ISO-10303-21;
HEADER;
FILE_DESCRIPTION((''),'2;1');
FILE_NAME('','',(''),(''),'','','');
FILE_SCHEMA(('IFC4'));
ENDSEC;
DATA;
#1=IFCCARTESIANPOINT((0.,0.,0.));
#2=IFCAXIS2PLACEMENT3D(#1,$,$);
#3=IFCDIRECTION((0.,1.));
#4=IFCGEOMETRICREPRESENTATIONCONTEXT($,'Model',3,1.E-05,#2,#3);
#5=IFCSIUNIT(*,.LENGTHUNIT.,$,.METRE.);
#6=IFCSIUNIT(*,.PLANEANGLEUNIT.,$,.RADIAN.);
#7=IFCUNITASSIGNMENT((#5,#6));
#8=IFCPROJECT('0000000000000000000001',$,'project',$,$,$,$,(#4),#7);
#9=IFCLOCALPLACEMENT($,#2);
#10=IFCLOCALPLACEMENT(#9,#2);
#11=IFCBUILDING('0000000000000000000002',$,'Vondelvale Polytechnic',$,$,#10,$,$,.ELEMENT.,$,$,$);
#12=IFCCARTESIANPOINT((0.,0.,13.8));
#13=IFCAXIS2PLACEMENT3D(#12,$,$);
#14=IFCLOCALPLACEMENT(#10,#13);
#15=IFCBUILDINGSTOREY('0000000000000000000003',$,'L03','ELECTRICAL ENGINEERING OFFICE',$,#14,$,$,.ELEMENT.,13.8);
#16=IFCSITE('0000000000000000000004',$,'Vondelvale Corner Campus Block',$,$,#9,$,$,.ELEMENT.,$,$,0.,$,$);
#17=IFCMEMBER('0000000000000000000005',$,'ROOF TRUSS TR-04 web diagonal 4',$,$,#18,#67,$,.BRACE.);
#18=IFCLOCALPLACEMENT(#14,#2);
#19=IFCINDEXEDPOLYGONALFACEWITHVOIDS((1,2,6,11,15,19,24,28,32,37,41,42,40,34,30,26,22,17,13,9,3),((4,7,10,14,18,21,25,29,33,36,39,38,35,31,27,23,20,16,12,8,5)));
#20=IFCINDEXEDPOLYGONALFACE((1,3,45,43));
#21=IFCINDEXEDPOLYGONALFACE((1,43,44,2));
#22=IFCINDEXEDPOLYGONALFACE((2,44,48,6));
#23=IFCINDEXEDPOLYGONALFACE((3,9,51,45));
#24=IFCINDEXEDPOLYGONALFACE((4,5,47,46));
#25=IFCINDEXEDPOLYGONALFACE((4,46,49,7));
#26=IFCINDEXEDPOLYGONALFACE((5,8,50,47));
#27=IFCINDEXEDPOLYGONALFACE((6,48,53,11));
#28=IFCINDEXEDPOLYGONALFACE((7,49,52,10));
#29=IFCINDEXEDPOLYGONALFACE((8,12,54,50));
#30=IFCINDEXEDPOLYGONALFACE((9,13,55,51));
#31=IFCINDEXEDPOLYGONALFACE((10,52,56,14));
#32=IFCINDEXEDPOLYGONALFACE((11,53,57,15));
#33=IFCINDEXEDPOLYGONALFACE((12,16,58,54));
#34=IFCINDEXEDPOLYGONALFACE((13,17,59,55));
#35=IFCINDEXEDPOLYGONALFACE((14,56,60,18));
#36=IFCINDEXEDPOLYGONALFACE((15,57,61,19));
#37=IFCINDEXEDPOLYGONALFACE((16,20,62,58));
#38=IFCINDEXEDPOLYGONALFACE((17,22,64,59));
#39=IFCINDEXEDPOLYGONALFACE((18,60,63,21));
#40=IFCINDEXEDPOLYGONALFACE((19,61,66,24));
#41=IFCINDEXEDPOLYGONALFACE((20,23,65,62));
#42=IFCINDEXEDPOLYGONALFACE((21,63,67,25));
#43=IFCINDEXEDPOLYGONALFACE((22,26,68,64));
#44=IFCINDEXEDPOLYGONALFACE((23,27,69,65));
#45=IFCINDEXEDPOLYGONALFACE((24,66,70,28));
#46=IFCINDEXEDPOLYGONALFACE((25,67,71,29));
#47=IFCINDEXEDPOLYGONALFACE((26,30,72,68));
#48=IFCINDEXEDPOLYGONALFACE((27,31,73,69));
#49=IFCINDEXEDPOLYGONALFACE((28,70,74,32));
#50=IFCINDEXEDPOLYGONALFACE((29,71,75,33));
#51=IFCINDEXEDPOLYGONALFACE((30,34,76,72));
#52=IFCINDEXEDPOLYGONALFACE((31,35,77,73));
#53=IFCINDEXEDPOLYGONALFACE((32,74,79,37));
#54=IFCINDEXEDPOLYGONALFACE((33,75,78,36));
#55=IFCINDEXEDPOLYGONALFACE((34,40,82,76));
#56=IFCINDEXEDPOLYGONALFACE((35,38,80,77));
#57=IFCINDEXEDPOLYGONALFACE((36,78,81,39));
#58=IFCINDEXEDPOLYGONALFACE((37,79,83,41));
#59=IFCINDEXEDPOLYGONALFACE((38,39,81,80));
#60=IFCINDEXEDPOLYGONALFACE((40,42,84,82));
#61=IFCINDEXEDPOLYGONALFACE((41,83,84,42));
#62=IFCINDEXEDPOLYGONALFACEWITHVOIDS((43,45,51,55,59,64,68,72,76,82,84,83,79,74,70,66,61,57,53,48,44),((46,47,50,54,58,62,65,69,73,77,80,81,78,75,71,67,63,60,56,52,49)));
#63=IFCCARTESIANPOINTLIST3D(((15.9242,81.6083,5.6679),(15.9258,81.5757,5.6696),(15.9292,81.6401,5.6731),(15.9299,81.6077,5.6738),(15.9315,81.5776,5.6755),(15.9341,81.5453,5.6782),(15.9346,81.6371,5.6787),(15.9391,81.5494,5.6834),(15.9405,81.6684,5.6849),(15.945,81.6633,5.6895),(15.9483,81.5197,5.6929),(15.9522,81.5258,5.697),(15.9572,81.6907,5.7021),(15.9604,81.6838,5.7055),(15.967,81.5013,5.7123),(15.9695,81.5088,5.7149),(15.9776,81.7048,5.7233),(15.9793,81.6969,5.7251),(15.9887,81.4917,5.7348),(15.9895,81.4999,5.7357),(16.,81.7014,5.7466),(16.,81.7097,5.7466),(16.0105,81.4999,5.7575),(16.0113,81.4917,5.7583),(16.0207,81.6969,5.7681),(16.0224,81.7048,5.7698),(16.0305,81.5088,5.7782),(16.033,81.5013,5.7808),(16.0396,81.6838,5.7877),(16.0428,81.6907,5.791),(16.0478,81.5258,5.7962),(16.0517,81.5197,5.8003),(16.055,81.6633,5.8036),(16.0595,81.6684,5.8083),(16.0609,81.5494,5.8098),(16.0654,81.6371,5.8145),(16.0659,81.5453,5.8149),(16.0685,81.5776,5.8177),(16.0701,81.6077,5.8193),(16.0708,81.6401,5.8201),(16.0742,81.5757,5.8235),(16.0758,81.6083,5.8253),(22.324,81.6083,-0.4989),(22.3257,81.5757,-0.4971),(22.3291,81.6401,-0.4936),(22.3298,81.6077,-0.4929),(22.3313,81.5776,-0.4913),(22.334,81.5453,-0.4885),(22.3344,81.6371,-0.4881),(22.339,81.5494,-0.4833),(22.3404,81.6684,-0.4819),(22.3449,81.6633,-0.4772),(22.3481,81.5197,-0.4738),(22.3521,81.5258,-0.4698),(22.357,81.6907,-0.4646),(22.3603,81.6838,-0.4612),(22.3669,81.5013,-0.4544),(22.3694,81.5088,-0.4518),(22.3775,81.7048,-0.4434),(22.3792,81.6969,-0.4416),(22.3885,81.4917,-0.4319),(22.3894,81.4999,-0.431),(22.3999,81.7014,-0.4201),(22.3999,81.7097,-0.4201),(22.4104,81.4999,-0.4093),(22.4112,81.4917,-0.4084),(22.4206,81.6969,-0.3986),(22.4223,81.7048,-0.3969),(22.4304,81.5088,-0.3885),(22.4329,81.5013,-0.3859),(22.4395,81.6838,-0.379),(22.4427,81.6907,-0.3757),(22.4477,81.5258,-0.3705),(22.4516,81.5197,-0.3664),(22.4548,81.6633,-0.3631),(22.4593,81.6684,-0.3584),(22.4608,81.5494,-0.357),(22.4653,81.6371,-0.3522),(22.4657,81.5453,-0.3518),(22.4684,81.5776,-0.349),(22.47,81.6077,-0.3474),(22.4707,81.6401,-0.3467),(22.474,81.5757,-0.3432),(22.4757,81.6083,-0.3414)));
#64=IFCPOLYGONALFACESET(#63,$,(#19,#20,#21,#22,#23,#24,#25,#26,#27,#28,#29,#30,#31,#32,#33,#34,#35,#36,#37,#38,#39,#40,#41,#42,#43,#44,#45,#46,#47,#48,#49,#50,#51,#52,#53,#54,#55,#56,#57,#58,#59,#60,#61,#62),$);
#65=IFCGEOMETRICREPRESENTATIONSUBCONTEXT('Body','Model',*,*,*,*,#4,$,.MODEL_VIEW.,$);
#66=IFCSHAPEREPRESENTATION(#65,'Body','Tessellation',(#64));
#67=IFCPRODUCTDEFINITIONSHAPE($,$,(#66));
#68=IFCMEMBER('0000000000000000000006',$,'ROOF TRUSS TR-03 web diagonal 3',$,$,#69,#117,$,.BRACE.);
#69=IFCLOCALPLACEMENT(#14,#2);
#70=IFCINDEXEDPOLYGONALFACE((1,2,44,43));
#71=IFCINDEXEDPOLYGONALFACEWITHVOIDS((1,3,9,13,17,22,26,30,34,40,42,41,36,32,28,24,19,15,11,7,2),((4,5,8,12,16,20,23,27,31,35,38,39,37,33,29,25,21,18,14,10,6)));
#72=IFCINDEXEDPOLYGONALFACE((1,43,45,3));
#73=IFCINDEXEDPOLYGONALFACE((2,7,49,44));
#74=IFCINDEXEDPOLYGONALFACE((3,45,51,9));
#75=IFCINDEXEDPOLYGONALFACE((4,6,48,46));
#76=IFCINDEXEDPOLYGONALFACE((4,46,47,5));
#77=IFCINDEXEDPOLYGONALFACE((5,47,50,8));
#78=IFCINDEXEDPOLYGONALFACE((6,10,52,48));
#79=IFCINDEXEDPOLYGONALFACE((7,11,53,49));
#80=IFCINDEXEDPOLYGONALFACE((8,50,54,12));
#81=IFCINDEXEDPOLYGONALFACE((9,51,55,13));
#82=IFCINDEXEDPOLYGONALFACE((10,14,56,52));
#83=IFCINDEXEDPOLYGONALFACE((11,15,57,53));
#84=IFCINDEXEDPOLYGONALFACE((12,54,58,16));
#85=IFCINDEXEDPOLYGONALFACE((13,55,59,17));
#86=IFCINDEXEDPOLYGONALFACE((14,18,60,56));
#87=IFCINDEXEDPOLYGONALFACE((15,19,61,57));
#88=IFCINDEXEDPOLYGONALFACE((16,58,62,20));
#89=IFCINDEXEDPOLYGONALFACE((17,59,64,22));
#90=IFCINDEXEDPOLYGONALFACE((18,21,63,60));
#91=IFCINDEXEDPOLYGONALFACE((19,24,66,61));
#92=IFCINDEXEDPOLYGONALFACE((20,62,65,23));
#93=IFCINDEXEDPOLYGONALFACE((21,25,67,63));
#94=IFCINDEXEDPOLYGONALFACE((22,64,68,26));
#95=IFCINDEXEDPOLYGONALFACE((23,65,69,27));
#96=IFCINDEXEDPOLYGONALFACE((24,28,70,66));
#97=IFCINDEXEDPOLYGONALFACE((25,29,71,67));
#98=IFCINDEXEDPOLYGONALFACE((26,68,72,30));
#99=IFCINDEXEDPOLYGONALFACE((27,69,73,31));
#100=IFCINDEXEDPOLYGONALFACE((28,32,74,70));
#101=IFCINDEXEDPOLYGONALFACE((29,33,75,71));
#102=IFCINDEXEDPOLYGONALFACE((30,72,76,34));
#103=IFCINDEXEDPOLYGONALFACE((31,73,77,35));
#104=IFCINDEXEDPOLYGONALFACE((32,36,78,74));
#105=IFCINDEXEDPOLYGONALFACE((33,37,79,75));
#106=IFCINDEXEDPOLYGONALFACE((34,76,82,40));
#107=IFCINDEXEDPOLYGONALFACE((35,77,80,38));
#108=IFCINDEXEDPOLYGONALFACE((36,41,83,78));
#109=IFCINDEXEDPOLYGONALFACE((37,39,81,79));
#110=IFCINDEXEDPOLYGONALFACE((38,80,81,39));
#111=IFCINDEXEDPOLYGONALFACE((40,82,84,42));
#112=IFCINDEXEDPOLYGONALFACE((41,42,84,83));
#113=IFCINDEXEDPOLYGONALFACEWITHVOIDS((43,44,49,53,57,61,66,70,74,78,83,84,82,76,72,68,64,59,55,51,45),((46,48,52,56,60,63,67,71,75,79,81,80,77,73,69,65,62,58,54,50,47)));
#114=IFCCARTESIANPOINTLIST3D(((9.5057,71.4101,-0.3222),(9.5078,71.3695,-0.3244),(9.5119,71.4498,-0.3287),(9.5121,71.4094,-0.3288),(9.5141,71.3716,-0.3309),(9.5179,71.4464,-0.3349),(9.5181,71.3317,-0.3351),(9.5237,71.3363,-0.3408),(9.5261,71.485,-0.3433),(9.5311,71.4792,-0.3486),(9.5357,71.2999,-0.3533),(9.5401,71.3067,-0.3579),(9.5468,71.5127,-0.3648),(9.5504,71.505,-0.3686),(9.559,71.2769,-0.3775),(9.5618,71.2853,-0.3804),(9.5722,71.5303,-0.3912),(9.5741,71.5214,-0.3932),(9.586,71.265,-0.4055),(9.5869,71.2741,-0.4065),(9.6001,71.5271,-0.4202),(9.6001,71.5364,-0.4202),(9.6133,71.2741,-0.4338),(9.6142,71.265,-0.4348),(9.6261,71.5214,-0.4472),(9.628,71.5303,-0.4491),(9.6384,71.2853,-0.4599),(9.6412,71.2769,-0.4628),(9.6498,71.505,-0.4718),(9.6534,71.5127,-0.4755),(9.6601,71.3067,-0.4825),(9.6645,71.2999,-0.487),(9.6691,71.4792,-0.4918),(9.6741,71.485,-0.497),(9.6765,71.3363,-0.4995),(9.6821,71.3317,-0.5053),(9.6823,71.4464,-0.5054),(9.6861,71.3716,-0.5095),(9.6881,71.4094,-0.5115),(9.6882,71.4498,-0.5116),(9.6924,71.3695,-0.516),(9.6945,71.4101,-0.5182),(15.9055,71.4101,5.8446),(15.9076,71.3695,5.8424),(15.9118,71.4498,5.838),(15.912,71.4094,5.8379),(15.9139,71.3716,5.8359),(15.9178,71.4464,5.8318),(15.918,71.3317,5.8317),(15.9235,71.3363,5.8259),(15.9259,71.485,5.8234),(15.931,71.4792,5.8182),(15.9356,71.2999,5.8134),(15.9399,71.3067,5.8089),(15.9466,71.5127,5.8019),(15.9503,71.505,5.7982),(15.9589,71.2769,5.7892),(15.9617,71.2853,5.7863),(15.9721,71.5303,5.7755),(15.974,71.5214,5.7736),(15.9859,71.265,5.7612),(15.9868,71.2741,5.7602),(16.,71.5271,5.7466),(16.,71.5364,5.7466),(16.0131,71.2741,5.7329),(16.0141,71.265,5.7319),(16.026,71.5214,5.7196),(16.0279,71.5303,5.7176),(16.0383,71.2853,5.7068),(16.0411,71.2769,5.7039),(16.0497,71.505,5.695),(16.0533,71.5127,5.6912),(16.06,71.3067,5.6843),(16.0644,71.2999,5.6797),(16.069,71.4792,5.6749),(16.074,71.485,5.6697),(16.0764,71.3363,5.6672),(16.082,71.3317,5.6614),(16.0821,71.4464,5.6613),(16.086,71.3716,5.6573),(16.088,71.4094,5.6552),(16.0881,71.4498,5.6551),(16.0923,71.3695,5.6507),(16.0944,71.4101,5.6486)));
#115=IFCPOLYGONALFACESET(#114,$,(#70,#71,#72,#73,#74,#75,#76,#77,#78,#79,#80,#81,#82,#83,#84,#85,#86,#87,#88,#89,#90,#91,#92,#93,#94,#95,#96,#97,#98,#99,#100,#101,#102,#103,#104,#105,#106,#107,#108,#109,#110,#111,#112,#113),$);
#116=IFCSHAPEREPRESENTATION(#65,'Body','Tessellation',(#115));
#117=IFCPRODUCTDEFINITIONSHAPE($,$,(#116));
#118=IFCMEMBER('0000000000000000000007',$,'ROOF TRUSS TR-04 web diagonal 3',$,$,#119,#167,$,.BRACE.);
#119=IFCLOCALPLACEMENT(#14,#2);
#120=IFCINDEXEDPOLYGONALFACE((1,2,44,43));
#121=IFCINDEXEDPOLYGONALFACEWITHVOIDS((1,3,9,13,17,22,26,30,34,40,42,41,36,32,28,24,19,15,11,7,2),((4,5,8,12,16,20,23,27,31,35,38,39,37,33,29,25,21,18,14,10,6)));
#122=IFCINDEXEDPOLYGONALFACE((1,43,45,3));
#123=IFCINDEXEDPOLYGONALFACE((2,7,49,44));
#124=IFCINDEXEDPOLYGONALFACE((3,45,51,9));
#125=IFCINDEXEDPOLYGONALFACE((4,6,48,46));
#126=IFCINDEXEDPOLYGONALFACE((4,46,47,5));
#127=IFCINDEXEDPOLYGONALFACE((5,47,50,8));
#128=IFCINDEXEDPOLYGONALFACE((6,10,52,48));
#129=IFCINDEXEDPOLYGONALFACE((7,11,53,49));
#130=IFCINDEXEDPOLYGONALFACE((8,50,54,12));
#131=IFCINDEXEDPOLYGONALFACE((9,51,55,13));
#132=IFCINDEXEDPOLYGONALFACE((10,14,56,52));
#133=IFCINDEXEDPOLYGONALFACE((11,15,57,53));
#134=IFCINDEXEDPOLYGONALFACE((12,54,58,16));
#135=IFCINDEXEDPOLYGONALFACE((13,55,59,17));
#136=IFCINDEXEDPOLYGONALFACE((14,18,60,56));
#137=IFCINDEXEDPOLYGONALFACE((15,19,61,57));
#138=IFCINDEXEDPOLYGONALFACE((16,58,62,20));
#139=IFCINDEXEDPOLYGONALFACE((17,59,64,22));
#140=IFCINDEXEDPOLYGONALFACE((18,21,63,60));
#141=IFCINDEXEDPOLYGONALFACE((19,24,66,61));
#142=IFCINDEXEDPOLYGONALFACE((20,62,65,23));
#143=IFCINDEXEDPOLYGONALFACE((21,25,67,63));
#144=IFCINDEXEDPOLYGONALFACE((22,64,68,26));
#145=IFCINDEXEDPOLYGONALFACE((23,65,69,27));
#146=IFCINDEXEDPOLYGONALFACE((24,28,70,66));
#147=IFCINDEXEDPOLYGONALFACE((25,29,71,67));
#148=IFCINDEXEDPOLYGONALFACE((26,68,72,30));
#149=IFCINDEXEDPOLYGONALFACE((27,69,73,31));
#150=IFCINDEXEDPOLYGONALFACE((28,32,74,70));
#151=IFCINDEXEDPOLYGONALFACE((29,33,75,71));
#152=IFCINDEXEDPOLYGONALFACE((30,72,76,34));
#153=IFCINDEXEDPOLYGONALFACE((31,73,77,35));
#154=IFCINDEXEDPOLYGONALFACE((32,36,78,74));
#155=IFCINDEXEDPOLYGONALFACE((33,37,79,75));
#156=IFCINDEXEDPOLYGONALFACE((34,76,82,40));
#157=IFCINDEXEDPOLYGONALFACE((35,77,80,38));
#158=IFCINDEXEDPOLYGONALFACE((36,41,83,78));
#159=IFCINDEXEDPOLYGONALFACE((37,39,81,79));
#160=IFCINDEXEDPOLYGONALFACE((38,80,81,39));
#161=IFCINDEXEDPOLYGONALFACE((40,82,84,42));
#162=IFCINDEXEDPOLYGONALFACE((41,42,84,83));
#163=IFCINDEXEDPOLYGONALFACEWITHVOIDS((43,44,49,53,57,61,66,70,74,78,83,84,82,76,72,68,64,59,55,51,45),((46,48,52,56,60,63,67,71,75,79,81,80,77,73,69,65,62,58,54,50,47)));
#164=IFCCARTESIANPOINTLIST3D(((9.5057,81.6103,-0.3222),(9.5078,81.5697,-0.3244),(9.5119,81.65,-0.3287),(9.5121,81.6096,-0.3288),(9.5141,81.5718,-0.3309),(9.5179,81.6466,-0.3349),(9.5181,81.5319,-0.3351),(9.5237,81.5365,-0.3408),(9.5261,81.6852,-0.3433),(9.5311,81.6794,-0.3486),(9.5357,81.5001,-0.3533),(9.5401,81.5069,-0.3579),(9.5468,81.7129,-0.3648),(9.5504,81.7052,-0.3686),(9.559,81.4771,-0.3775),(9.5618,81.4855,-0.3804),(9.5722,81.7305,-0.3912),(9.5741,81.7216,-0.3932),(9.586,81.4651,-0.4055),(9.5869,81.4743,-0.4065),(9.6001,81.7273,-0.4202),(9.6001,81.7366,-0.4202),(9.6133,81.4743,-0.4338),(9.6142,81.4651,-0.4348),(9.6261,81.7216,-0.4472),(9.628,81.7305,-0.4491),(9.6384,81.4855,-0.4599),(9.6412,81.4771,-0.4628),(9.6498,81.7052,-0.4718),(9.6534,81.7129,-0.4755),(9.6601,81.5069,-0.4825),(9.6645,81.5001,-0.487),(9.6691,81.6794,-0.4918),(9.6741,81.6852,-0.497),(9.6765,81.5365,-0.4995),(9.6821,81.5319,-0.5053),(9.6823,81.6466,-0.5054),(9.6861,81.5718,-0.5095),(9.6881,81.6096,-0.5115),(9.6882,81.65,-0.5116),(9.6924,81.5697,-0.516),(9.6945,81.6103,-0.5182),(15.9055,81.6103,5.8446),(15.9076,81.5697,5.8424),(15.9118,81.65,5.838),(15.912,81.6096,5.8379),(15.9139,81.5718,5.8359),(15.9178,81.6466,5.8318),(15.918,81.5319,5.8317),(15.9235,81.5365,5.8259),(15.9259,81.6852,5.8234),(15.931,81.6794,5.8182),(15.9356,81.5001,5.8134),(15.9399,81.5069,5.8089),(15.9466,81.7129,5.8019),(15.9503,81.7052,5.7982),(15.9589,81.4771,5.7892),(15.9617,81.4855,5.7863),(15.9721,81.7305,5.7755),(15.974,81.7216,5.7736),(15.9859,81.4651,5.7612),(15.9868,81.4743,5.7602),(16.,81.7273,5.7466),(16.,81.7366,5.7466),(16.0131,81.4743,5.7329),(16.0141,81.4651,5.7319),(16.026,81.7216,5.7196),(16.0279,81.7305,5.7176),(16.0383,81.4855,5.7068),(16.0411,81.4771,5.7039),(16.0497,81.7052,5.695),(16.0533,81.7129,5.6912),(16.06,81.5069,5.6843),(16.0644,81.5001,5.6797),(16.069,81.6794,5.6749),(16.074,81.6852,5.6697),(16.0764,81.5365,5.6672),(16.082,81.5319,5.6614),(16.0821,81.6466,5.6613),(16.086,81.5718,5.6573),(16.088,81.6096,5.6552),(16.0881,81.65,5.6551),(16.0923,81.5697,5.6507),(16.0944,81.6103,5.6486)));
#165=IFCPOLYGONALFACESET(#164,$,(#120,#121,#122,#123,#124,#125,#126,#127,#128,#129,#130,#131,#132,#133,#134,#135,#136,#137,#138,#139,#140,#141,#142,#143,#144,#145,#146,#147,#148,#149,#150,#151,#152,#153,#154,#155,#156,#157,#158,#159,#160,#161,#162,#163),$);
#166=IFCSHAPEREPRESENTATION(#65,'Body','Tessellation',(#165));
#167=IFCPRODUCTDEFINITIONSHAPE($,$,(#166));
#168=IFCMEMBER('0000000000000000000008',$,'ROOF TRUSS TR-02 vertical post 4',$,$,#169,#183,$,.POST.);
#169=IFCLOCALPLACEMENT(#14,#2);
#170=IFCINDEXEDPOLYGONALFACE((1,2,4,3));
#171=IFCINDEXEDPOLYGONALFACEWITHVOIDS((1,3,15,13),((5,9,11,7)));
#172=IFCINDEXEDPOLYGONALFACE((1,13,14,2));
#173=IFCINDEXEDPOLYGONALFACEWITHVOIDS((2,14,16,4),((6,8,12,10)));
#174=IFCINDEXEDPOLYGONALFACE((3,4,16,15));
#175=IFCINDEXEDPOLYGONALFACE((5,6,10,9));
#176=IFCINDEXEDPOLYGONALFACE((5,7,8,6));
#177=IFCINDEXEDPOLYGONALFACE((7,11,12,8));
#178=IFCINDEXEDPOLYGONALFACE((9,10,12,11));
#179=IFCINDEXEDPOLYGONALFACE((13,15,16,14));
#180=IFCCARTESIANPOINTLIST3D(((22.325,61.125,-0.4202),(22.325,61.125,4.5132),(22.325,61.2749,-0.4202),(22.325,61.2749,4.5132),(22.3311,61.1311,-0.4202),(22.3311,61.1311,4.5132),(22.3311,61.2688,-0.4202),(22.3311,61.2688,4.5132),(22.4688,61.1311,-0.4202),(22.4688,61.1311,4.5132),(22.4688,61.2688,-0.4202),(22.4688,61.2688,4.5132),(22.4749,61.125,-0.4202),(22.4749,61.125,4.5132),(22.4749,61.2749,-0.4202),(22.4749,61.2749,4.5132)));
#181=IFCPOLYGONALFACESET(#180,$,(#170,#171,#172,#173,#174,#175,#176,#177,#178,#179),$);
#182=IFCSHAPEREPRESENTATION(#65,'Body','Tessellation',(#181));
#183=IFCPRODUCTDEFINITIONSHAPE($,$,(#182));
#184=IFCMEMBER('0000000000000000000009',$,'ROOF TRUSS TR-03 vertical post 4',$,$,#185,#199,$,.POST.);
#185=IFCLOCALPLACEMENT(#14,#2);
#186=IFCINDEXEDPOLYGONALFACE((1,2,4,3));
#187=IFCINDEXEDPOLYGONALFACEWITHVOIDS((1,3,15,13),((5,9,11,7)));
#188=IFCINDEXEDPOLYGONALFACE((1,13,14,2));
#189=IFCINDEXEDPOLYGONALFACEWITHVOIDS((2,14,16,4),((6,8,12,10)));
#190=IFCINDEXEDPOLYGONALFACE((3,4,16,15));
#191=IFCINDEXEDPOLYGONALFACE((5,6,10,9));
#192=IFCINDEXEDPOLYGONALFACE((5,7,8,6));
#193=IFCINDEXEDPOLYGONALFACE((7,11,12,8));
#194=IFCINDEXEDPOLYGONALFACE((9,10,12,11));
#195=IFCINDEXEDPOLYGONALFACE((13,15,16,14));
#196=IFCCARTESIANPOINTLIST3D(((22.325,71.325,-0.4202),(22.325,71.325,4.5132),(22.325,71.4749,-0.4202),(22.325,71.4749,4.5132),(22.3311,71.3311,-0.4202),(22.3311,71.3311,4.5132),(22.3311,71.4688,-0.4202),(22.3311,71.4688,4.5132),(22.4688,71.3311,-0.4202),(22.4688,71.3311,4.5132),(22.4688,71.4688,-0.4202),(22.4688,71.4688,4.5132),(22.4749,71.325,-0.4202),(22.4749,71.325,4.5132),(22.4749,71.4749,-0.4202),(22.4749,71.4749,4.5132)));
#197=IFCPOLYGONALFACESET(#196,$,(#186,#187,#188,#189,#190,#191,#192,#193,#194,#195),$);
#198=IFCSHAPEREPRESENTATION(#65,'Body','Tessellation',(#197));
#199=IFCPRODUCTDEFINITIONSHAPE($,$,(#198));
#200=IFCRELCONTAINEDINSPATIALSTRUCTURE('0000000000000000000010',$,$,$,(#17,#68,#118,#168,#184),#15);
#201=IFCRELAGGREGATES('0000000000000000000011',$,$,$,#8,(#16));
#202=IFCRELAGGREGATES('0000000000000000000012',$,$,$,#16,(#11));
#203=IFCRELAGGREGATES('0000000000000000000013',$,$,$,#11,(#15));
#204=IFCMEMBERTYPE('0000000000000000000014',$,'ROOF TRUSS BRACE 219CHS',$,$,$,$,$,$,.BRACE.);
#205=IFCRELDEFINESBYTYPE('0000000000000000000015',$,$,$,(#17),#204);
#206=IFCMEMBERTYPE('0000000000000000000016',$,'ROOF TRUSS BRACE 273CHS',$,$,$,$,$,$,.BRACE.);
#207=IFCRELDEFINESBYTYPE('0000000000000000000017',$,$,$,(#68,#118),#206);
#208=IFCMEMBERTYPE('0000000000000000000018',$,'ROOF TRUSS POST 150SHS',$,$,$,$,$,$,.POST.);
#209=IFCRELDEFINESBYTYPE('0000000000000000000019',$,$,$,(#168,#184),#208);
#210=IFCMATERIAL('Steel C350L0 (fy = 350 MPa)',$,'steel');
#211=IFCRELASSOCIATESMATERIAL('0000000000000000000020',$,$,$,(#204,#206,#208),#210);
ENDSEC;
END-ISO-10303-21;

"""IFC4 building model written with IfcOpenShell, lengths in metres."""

from ifc_helpers import new_model, si_unit, direction, frame, origin, origin_2d, place, context, subcontext, project, spatial, hollow_rectangle, hollow_circle, extrude, material, material_profile, profile_set, type_object, element, save


model = new_model("IFC4")

# Units and contexts
model_context = context("Model", 3, precision=1e-05, world=origin(), true_north=direction((0.0, 1.0)))
body_context = subcontext(model_context, "Body", "Model", "MODEL_VIEW")
ifc_project = project(units=[si_unit("LENGTHUNIT", "METRE"), si_unit("PLANEANGLEUNIT", "RADIAN")], contexts=[model_context])

# Site, building, storey
site_placement = place(None, origin())
site = spatial("IfcSite", under=ifc_project, at=site_placement, Name="Vondelvale Corner Campus Block", CompositionType="ELEMENT", RefElevation=0.0)
building_placement = place(site_placement, origin())
building = spatial("IfcBuilding", under=site, at=building_placement, Name="Vondelvale Polytechnic", CompositionType="ELEMENT")
storey_placement = place(building_placement, frame((0.0, 0.0, 13.8)))
storey = spatial("IfcBuildingStorey", under=building, at=storey_placement, Name="L03", Description="ELECTRICAL ENGINEERING OFFICE", CompositionType="ELEMENT", Elevation=13.8)

# Members
ifc_material_1 = material(Name="Steel C350L0 (fy = 350 MPa)", Category="steel")
ifc_material_profile_1 = material_profile(ifc_material_1, hollow_circle(Radius=0.1096, WallThickness=0.0083, at=origin_2d()), Name="219.1x8.2CHS")
ifc_profile_set_1 = profile_set([ifc_material_profile_1], Name="Steel C350L0 (fy = 350 MPa)")
member_type_1 = type_object("IfcMemberType", Name="ROOF TRUSS BRACE 219CHS", PredefinedType="BRACE", material=ifc_profile_set_1)
member_1_placement = place(storey_placement, frame((16.0, 81.6001, 5.7466), z_axis=(0.720102, 0.0, -0.693868), x_axis=(0.0, 1.0, 0.0)))
element("IfcMember", 1, at=member_1_placement, inside=storey, type_object=member_type_1, Name="ROOF TRUSS TR-04 web diagonal 4", PredefinedType="BRACE", context=body_context, shape_type="SweptSolid", body=[
    extrude(hollow_circle(Radius=0.1096, WallThickness=0.0083, at=origin_2d()), origin(), (0.0, 0.0, 1.0), 8.8875),
])
ifc_material_profile_2 = material_profile(ifc_material_1, hollow_circle(Radius=0.1365, WallThickness=0.0093, at=origin_2d()), Name="273.1x9.3CHS")
ifc_profile_set_2 = profile_set([ifc_material_profile_2], Name="Steel C350L0 (fy = 350 MPa)")
member_type_2 = type_object("IfcMemberType", Name="ROOF TRUSS BRACE 273CHS", PredefinedType="BRACE", material=ifc_profile_set_2)
for number, where, z_axis, x_axis, name in (
    (2, (9.6001, 71.3999, -0.4202), (0.720102, 0.0, 0.693868), (0.0, 1.0, 0.0), "ROOF TRUSS TR-03 web diagonal 3"),
    (3, (9.6001, 81.6001, -0.4202), (0.720102, 0.0, 0.693868), (0.0, 1.0, 0.0), "ROOF TRUSS TR-04 web diagonal 3"),
):
    element("IfcMember", number, at=place(storey_placement, frame(where, z_axis=z_axis, x_axis=x_axis)), inside=storey, type_object=member_type_2, Name=name, PredefinedType="BRACE", context=body_context, shape_type="SweptSolid", body=[
        extrude(hollow_circle(Radius=0.1365, WallThickness=0.0093, at=origin_2d()), origin(), (0.0, 0.0, 1.0), 8.8875),
    ])
ifc_material_profile_3 = material_profile(ifc_material_1, hollow_rectangle(XDim=0.1499, YDim=0.1499, WallThickness=0.0061, at=origin_2d()), Name="150x150x6.0SHS")
ifc_profile_set_3 = profile_set([ifc_material_profile_3], Name="Steel C350L0 (fy = 350 MPa)")
member_type_3 = type_object("IfcMemberType", Name="ROOF TRUSS POST 150SHS", PredefinedType="POST", material=ifc_profile_set_3)
for number, where, z_axis, x_axis, name in (
    (4, (22.3999, 61.2, -0.4202), (0.0, 0.0, 1.0), (1.0, 0.0, 0.0), "ROOF TRUSS TR-02 vertical post 4"),
    (5, (22.3999, 71.3999, -0.4202), (0.0, 0.0, 1.0), (1.0, 0.0, 0.0), "ROOF TRUSS TR-03 vertical post 4"),
):
    element("IfcMember", number, at=place(storey_placement, frame(where, z_axis=z_axis, x_axis=x_axis)), inside=storey, type_object=member_type_3, Name=name, PredefinedType="POST", context=body_context, shape_type="SweptSolid", body=[
        extrude(hollow_rectangle(XDim=0.1499, YDim=0.1499, WallThickness=0.0061, at=origin_2d()), origin(), (0.0, 0.0, 1.0), 4.9333),
    ])

save(model, "model.ifc")
